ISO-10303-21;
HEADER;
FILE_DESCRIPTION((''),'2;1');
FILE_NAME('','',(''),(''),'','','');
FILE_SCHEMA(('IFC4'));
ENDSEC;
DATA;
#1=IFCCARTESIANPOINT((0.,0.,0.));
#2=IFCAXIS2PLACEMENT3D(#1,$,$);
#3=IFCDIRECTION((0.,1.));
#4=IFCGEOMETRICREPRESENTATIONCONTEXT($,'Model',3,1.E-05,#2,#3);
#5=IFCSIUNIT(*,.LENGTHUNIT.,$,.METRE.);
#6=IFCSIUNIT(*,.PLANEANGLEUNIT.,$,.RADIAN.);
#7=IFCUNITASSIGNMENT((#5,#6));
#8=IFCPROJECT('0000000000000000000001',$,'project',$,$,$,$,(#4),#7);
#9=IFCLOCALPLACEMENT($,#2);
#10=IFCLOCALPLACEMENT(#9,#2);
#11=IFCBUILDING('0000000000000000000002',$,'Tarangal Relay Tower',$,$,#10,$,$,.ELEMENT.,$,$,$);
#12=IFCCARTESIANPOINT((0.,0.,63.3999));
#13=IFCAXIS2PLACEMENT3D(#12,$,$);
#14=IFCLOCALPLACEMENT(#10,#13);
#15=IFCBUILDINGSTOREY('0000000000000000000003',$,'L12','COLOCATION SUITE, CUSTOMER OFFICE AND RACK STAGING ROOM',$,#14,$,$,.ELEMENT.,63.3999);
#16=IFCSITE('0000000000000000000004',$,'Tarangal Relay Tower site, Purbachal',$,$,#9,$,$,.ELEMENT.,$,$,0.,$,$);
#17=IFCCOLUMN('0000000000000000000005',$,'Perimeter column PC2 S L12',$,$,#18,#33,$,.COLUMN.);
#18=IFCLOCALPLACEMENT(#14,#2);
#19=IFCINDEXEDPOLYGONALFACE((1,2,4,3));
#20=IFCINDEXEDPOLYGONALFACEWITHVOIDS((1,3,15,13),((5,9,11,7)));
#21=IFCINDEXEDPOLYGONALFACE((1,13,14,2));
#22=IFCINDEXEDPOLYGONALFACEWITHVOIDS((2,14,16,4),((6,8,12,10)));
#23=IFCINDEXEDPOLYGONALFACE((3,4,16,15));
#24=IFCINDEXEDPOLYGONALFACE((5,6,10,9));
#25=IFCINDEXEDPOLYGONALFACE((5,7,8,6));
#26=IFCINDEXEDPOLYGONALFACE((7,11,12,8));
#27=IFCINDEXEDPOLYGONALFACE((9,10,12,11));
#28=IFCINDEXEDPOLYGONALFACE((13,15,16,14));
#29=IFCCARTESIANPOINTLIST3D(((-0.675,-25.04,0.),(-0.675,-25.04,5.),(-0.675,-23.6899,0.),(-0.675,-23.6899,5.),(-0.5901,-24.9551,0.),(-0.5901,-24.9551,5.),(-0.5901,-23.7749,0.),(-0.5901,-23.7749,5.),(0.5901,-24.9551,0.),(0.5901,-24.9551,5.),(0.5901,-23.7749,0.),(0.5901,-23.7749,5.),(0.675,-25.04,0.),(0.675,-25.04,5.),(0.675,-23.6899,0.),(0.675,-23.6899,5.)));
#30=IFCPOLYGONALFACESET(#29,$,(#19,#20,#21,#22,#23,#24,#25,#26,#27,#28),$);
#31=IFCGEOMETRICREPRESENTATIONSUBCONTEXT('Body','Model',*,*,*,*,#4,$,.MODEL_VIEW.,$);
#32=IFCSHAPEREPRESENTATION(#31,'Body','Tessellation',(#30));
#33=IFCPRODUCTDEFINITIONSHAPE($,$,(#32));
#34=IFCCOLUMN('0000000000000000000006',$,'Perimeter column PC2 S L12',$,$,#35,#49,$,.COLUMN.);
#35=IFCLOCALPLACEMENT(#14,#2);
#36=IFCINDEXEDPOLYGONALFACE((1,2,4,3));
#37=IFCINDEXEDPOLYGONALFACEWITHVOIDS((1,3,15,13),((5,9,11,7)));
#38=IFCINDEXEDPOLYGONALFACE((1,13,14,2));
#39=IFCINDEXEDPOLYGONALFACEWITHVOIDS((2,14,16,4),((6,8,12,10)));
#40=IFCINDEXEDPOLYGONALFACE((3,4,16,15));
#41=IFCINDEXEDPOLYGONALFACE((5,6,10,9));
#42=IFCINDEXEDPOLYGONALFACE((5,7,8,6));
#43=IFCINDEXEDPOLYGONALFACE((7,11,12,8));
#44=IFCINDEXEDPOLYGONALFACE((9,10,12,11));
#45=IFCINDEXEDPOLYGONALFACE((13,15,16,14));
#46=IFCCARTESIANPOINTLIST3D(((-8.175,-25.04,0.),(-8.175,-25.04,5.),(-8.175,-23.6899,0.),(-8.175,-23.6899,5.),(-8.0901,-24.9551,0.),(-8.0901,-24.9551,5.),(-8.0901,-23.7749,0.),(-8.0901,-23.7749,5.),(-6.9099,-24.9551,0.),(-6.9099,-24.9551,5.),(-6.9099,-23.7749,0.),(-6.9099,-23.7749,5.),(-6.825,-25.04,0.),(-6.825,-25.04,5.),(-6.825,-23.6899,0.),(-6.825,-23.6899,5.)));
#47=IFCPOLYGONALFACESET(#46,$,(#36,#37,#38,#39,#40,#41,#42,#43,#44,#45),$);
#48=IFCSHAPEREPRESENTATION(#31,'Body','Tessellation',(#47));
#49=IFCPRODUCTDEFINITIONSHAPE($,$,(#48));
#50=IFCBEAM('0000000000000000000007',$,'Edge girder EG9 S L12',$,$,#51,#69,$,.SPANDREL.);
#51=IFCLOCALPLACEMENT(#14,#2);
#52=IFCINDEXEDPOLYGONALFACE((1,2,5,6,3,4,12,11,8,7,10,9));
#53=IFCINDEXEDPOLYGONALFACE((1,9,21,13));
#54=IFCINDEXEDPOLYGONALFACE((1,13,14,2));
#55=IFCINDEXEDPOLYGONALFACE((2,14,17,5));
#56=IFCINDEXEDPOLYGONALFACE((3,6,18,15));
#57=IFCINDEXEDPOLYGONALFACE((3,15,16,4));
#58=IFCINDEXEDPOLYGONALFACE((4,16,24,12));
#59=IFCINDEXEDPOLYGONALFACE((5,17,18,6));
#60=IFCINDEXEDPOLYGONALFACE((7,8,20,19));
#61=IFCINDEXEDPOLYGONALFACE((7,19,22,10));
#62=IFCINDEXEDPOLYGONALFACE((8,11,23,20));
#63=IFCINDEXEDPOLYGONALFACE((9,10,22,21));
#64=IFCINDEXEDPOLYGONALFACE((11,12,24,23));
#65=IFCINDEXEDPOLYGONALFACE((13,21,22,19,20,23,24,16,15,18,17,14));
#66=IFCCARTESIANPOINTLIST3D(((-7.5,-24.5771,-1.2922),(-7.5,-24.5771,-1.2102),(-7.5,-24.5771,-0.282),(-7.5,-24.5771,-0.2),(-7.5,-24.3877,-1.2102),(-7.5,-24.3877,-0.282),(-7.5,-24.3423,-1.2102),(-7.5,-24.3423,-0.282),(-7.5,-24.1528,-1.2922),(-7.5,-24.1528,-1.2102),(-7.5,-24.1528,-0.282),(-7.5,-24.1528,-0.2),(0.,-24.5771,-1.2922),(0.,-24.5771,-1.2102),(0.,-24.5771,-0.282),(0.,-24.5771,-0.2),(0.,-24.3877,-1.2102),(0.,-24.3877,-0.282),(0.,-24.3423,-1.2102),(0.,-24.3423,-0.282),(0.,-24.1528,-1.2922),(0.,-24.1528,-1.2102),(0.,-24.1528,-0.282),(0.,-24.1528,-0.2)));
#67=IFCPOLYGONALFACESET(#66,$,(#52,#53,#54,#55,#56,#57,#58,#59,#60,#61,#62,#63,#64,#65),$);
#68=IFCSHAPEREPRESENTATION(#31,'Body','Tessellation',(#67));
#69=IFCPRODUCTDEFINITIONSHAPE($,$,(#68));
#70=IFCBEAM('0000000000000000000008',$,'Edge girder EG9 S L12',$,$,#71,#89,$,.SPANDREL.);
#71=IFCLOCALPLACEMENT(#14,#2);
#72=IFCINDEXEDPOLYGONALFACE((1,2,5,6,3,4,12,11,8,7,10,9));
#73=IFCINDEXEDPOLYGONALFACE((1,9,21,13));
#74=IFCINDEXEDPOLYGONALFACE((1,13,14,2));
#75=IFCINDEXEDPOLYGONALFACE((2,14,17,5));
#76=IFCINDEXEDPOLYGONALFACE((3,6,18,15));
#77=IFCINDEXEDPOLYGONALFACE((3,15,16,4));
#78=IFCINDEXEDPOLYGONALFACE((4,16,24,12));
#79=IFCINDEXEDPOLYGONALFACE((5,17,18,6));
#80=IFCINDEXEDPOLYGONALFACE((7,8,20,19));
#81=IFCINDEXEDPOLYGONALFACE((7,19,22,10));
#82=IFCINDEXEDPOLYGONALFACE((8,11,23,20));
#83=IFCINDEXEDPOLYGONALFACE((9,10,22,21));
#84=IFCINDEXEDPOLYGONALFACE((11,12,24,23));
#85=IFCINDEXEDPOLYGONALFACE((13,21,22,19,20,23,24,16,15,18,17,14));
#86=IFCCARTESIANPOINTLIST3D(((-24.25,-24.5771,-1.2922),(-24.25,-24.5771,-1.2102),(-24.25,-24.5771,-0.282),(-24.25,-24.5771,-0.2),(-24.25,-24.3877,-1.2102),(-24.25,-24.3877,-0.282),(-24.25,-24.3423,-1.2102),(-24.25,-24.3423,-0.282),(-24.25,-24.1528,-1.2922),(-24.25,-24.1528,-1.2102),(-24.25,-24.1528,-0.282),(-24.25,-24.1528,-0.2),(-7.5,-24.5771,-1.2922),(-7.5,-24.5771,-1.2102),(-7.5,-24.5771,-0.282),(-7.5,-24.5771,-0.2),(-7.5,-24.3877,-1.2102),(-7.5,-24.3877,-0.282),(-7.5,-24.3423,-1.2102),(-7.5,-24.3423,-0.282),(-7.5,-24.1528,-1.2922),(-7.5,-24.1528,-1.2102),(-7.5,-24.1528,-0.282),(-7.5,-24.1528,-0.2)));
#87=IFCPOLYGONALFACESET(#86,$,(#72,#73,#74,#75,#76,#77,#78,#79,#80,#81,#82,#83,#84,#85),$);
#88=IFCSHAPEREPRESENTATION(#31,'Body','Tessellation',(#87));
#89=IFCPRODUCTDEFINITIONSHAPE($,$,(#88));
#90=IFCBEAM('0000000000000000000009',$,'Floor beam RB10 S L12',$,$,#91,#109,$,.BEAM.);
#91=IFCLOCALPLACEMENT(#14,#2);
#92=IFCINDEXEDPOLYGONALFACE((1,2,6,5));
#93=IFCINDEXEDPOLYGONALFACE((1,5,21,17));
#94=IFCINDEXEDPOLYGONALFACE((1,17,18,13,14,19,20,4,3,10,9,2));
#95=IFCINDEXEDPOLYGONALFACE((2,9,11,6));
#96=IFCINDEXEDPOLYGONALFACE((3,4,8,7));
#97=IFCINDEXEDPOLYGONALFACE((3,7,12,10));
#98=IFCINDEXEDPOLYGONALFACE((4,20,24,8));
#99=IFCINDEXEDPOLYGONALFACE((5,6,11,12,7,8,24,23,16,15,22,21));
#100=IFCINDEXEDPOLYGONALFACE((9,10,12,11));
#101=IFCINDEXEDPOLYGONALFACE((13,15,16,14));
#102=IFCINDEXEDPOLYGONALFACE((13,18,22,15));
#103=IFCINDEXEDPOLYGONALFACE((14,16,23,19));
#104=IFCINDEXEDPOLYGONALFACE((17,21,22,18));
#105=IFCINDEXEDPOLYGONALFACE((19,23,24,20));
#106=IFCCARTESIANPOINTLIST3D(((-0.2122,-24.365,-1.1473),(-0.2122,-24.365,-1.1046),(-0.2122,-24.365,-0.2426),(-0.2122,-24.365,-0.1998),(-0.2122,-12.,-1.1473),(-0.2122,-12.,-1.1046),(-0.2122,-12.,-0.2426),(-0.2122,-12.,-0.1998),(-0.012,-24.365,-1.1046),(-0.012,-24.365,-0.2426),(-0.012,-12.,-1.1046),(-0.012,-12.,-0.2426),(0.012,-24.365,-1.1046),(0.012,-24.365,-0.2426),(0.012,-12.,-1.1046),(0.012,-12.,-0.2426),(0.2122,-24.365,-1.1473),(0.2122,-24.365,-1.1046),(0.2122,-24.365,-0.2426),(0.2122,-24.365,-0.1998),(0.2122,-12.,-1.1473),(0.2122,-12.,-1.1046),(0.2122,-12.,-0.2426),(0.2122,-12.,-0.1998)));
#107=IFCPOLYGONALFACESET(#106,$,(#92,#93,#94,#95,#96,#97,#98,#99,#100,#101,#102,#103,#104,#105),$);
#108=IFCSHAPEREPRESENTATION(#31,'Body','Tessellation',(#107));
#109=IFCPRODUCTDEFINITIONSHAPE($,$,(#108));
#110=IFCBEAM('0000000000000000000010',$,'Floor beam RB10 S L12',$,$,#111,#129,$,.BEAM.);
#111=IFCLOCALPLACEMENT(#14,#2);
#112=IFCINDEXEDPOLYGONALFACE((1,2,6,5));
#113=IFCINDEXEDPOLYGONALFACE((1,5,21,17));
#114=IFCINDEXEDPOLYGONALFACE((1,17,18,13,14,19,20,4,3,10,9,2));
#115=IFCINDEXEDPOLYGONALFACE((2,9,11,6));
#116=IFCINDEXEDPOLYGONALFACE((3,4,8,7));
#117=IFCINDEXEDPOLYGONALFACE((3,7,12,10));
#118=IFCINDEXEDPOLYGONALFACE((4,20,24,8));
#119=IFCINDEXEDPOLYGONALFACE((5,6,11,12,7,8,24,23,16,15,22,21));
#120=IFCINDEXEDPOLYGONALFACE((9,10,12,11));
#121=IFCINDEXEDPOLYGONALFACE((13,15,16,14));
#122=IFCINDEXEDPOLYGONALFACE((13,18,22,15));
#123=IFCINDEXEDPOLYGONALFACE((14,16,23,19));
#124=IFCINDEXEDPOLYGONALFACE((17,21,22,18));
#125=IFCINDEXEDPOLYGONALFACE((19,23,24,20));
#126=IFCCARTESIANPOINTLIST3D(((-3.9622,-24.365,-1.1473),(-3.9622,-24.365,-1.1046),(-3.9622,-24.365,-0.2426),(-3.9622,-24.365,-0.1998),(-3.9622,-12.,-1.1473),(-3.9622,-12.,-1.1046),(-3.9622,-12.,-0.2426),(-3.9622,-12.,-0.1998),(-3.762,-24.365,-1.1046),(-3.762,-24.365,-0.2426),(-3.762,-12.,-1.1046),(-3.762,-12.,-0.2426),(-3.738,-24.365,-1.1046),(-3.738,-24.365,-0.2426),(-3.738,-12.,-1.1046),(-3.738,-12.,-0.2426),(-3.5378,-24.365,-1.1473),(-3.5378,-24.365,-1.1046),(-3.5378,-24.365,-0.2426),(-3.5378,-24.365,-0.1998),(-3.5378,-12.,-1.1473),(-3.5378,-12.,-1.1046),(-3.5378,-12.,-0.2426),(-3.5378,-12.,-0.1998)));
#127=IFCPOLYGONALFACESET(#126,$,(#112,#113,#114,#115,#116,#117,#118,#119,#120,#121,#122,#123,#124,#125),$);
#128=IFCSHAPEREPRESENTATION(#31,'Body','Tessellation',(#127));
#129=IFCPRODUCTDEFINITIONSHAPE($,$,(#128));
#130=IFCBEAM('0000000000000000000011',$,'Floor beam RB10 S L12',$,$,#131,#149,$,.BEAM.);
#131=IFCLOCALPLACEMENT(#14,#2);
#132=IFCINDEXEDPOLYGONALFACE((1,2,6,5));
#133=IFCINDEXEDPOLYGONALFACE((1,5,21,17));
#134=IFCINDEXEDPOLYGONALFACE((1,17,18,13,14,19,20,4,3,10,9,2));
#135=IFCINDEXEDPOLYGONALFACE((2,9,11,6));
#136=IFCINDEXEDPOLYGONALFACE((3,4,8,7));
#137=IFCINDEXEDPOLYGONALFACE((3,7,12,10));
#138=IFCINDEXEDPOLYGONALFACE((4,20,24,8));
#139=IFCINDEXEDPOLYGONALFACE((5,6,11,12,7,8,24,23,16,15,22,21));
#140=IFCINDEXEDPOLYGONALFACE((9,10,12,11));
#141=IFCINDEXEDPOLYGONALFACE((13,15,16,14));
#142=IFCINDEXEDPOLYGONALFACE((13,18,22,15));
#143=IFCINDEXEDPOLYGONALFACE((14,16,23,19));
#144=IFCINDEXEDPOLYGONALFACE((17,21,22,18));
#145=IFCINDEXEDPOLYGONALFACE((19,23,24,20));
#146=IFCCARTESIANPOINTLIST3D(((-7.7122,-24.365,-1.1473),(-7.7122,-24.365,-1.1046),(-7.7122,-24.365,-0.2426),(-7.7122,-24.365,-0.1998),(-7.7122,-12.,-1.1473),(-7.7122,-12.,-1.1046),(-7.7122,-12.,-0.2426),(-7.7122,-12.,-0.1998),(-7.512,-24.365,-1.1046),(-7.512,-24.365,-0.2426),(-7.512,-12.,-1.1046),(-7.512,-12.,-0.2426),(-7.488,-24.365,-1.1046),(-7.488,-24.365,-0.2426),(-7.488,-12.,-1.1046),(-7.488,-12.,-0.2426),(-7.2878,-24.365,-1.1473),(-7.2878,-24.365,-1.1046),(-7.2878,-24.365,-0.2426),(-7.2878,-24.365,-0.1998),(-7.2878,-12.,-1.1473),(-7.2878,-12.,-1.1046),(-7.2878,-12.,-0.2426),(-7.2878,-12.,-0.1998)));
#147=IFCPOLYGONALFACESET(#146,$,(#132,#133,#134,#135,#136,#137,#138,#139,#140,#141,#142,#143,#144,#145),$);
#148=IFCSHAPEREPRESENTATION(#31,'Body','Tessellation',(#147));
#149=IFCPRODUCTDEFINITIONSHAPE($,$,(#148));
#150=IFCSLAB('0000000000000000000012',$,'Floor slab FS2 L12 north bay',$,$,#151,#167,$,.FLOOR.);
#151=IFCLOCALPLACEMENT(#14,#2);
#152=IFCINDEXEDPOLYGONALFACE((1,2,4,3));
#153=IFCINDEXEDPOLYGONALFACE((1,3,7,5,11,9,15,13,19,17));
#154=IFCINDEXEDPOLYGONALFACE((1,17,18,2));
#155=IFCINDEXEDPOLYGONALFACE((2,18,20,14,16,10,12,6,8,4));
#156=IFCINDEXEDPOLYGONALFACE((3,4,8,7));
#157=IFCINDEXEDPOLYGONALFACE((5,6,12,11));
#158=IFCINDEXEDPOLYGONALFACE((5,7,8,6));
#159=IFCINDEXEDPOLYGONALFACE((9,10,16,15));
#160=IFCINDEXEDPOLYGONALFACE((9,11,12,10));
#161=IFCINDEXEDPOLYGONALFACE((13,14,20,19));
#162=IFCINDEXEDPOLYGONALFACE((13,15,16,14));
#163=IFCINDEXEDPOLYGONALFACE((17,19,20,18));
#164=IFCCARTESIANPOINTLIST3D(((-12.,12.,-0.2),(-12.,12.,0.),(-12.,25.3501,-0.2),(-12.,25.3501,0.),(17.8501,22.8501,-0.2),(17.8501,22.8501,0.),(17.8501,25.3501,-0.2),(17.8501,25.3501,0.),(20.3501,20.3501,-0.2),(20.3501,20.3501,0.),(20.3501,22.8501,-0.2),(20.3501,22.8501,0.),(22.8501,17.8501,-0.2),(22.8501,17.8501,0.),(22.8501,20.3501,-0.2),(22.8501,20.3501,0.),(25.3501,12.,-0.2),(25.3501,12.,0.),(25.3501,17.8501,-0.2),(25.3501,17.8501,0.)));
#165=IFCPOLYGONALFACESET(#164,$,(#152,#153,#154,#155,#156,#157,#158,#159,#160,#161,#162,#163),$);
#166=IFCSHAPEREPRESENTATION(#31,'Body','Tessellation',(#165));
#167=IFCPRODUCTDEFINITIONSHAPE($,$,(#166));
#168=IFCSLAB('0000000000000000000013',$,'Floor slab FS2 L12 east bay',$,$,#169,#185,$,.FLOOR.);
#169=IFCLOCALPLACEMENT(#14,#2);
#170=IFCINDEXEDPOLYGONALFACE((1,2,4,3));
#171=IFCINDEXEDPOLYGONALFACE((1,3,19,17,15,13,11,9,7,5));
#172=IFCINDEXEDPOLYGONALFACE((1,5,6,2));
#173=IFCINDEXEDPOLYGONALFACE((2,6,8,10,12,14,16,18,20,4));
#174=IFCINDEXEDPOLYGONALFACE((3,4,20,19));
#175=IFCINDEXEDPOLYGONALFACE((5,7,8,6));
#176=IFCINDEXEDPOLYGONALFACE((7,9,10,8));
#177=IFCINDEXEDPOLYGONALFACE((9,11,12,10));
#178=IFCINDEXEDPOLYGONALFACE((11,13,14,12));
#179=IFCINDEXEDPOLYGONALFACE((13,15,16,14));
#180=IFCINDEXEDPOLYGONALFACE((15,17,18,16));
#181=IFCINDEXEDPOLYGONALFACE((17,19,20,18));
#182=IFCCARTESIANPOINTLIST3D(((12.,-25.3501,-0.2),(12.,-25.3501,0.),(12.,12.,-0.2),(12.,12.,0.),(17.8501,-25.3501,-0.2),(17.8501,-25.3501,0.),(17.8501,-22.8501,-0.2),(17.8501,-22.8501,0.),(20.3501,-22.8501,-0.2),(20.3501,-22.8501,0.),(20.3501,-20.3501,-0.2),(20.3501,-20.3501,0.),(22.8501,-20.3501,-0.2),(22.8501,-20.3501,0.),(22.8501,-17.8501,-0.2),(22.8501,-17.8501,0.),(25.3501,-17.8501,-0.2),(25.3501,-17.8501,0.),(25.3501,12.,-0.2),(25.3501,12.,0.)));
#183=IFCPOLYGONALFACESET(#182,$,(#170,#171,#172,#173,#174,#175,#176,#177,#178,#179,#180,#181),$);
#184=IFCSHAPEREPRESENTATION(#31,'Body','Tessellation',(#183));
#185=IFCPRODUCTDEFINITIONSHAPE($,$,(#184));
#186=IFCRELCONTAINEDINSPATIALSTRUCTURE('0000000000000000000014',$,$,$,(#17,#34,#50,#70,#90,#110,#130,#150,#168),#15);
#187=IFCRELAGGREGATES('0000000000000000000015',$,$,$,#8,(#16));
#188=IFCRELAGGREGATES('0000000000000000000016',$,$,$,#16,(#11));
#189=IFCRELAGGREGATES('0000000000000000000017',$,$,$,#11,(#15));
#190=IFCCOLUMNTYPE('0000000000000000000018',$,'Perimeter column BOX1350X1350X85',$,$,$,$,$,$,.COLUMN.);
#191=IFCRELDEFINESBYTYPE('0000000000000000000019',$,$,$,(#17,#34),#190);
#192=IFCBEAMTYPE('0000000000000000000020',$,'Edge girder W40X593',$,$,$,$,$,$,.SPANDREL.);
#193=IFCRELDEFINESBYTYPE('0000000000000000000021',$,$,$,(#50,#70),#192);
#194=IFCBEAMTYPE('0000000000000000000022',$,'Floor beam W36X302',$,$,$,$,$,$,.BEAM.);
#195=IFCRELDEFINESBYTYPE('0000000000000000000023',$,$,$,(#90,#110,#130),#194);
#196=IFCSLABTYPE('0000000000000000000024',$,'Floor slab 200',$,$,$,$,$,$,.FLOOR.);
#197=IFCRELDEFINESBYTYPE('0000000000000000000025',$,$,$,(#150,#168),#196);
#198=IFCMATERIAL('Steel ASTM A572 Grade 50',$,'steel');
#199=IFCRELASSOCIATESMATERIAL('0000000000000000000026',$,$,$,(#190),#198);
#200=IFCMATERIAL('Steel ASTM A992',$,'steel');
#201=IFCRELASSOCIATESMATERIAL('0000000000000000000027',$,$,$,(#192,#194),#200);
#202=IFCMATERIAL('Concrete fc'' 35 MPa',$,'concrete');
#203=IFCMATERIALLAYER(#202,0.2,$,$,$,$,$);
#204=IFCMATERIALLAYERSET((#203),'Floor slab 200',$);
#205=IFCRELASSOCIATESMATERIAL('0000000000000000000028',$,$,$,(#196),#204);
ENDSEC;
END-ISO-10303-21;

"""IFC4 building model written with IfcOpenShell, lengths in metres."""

from ifc_helpers import new_model, si_unit, direction, frame, origin, origin_2d, place, context, subcontext, project, spatial, polyline, hollow_rectangle, i_section, outline, extrude, material, layer, layer_set, material_profile, profile_set, type_object, element, save


model = new_model("IFC4")

# Units and contexts
model_context = context("Model", 3, precision=1e-05, world=origin(), true_north=direction((0.0, 1.0)))
body_context = subcontext(model_context, "Body", "Model", "MODEL_VIEW")
ifc_project = project(units=[si_unit("LENGTHUNIT", "METRE"), si_unit("PLANEANGLEUNIT", "RADIAN")], contexts=[model_context])

# Site, building, storey
site_placement = place(None, origin())
site = spatial("IfcSite", under=ifc_project, at=site_placement, Name="Tarangal Relay Tower site, Purbachal", CompositionType="ELEMENT", RefElevation=0.0)
building_placement = place(site_placement, origin())
building = spatial("IfcBuilding", under=site, at=building_placement, Name="Tarangal Relay Tower", CompositionType="ELEMENT")
storey_placement = place(building_placement, frame((0.0, 0.0, 63.3999)))
storey = spatial("IfcBuildingStorey", under=building, at=storey_placement, Name="L12", Description="COLOCATION SUITE, CUSTOMER OFFICE AND RACK STAGING ROOM", CompositionType="ELEMENT", Elevation=63.3999)

# Columns
ifc_material_1 = material(Name="Steel ASTM A572 Grade 50", Category="steel")
ifc_material_profile_1 = material_profile(ifc_material_1, hollow_rectangle(XDim=1.3501, YDim=1.3501, WallThickness=0.085, at=origin_2d()), Name="BOX1350X1350X85")
ifc_profile_set_1 = profile_set([ifc_material_profile_1], Name="Steel ASTM A572 Grade 50")
column_type = type_object("IfcColumnType", Name="Perimeter column BOX1350X1350X85", PredefinedType="COLUMN", material=ifc_profile_set_1)
for number, where, z_axis, x_axis, name in (
    (1, (0.0, -24.365, 0.0), (0.0, 0.0, 1.0), (1.0, 0.0, 0.0), "Perimeter column PC2 S L12"),
    (2, (-7.5, -24.365, 0.0), (0.0, 0.0, 1.0), (1.0, 0.0, 0.0), "Perimeter column PC2 S L12"),
):
    element("IfcColumn", number, at=place(storey_placement, frame(where, z_axis=z_axis, x_axis=x_axis)), inside=storey, type_object=column_type, Name=name, PredefinedType="COLUMN", context=body_context, shape_type="SweptSolid", body=[
        extrude(hollow_rectangle(XDim=1.3501, YDim=1.3501, WallThickness=0.085, at=origin_2d()), origin(), (0.0, 0.0, 1.0), 5.0),
    ])

# Beams
ifc_material_2 = material(Name="Steel ASTM A992", Category="steel")
ifc_material_profile_2 = material_profile(ifc_material_2, i_section(OverallWidth=0.4243, OverallDepth=1.0923, WebThickness=0.0454, FlangeThickness=0.082, at=origin_2d()), Name="W40X593")
ifc_profile_set_2 = profile_set([ifc_material_profile_2], Name="Steel ASTM A992")
beam_type_1 = type_object("IfcBeamType", Name="Edge girder W40X593", PredefinedType="SPANDREL", material=ifc_profile_set_2)
beam_1_placement = place(storey_placement, frame((0.0, -24.365, -0.7461), z_axis=(-1.0, 0.0, 0.0), x_axis=(0.0, -1.0, 0.0)))
element("IfcBeam", 3, at=beam_1_placement, inside=storey, type_object=beam_type_1, Name="Edge girder EG9 S L12", PredefinedType="SPANDREL", context=body_context, shape_type="SweptSolid", body=[
    extrude(i_section(OverallWidth=0.4243, OverallDepth=1.0923, WebThickness=0.0454, FlangeThickness=0.082, at=origin_2d()), origin(), (0.0, 0.0, 1.0), 7.5),
])
beam_2_placement = place(storey_placement, frame((-7.5, -24.365, -0.7461), z_axis=(-1.0, 0.0, 0.0), x_axis=(0.0, -1.0, 0.0)))
element("IfcBeam", 4, at=beam_2_placement, inside=storey, type_object=beam_type_1, Name="Edge girder EG9 S L12", PredefinedType="SPANDREL", context=body_context, shape_type="SweptSolid", body=[
    extrude(i_section(OverallWidth=0.4243, OverallDepth=1.0923, WebThickness=0.0454, FlangeThickness=0.082, at=origin_2d()), origin(), (0.0, 0.0, 1.0), 16.75),
])
ifc_material_profile_3 = material_profile(ifc_material_2, i_section(OverallWidth=0.4243, OverallDepth=0.9475, WebThickness=0.0239, FlangeThickness=0.0427, at=origin_2d()), Name="W36X302")
ifc_profile_set_3 = profile_set([ifc_material_profile_3], Name="Steel ASTM A992")
beam_type_2 = type_object("IfcBeamType", Name="Floor beam W36X302", PredefinedType="BEAM", material=ifc_profile_set_3)
for number, where, z_axis, x_axis, name in (
    (5, (0.0, -12.0, -0.6736), (0.0, -1.0, 0.0), (1.0, 0.0, 0.0), "Floor beam RB10 S L12"),
    (6, (-3.75, -12.0, -0.6736), (0.0, -1.0, 0.0), (1.0, 0.0, 0.0), "Floor beam RB10 S L12"),
    (7, (-7.5, -12.0, -0.6736), (0.0, -1.0, 0.0), (1.0, 0.0, 0.0), "Floor beam RB10 S L12"),
):
    element("IfcBeam", number, at=place(storey_placement, frame(where, z_axis=z_axis, x_axis=x_axis)), inside=storey, type_object=beam_type_2, Name=name, PredefinedType="BEAM", context=body_context, shape_type="SweptSolid", body=[
        extrude(i_section(OverallWidth=0.4243, OverallDepth=0.9475, WebThickness=0.0239, FlangeThickness=0.0427, at=origin_2d()), origin(), (0.0, 0.0, 1.0), 12.365),
    ])

# Slabs
ifc_material_3 = material(Name="Concrete fc' 35 MPa", Category="concrete")
ifc_layer_1 = layer(ifc_material_3, 0.2)
ifc_layer_set_1 = layer_set([ifc_layer_1], Name="Floor slab 200")
slab_type = type_object("IfcSlabType", Name="Floor slab 200", PredefinedType="FLOOR", material=ifc_layer_set_1)
slab_1_placement = place(storey_placement, frame((0.0, 0.0, -0.2)))
element("IfcSlab", 8, at=slab_1_placement, inside=storey, type_object=slab_type, Name="Floor slab FS2 L12 north bay", PredefinedType="FLOOR", context=body_context, shape_type="SweptSolid", body=[
    extrude(outline(polyline([(17.8501, 25.3501), (17.8501, 22.8501), (20.3501, 22.8501), (20.3501, 20.3501), (22.8501, 20.3501), (22.8501, 17.8501), (25.3501, 17.8501), (25.3501, 12.0), (-12.0, 12.0), (-12.0, 25.3501), (17.8501, 25.3501)])), origin(), (0.0, 0.0, 1.0), 0.2),
])
slab_2_placement = place(storey_placement, frame((0.0, 0.0, -0.2)))
element("IfcSlab", 9, at=slab_2_placement, inside=storey, type_object=slab_type, Name="Floor slab FS2 L12 east bay", PredefinedType="FLOOR", context=body_context, shape_type="SweptSolid", body=[
    extrude(outline(polyline([(25.3501, -17.8501), (22.8501, -17.8501), (22.8501, -20.3501), (20.3501, -20.3501), (20.3501, -22.8501), (17.8501, -22.8501), (17.8501, -25.3501), (12.0, -25.3501), (12.0, 12.0), (25.3501, 12.0), (25.3501, -17.8501)])), origin(), (0.0, 0.0, 1.0), 0.2),
])

save(model, "model.ifc")
